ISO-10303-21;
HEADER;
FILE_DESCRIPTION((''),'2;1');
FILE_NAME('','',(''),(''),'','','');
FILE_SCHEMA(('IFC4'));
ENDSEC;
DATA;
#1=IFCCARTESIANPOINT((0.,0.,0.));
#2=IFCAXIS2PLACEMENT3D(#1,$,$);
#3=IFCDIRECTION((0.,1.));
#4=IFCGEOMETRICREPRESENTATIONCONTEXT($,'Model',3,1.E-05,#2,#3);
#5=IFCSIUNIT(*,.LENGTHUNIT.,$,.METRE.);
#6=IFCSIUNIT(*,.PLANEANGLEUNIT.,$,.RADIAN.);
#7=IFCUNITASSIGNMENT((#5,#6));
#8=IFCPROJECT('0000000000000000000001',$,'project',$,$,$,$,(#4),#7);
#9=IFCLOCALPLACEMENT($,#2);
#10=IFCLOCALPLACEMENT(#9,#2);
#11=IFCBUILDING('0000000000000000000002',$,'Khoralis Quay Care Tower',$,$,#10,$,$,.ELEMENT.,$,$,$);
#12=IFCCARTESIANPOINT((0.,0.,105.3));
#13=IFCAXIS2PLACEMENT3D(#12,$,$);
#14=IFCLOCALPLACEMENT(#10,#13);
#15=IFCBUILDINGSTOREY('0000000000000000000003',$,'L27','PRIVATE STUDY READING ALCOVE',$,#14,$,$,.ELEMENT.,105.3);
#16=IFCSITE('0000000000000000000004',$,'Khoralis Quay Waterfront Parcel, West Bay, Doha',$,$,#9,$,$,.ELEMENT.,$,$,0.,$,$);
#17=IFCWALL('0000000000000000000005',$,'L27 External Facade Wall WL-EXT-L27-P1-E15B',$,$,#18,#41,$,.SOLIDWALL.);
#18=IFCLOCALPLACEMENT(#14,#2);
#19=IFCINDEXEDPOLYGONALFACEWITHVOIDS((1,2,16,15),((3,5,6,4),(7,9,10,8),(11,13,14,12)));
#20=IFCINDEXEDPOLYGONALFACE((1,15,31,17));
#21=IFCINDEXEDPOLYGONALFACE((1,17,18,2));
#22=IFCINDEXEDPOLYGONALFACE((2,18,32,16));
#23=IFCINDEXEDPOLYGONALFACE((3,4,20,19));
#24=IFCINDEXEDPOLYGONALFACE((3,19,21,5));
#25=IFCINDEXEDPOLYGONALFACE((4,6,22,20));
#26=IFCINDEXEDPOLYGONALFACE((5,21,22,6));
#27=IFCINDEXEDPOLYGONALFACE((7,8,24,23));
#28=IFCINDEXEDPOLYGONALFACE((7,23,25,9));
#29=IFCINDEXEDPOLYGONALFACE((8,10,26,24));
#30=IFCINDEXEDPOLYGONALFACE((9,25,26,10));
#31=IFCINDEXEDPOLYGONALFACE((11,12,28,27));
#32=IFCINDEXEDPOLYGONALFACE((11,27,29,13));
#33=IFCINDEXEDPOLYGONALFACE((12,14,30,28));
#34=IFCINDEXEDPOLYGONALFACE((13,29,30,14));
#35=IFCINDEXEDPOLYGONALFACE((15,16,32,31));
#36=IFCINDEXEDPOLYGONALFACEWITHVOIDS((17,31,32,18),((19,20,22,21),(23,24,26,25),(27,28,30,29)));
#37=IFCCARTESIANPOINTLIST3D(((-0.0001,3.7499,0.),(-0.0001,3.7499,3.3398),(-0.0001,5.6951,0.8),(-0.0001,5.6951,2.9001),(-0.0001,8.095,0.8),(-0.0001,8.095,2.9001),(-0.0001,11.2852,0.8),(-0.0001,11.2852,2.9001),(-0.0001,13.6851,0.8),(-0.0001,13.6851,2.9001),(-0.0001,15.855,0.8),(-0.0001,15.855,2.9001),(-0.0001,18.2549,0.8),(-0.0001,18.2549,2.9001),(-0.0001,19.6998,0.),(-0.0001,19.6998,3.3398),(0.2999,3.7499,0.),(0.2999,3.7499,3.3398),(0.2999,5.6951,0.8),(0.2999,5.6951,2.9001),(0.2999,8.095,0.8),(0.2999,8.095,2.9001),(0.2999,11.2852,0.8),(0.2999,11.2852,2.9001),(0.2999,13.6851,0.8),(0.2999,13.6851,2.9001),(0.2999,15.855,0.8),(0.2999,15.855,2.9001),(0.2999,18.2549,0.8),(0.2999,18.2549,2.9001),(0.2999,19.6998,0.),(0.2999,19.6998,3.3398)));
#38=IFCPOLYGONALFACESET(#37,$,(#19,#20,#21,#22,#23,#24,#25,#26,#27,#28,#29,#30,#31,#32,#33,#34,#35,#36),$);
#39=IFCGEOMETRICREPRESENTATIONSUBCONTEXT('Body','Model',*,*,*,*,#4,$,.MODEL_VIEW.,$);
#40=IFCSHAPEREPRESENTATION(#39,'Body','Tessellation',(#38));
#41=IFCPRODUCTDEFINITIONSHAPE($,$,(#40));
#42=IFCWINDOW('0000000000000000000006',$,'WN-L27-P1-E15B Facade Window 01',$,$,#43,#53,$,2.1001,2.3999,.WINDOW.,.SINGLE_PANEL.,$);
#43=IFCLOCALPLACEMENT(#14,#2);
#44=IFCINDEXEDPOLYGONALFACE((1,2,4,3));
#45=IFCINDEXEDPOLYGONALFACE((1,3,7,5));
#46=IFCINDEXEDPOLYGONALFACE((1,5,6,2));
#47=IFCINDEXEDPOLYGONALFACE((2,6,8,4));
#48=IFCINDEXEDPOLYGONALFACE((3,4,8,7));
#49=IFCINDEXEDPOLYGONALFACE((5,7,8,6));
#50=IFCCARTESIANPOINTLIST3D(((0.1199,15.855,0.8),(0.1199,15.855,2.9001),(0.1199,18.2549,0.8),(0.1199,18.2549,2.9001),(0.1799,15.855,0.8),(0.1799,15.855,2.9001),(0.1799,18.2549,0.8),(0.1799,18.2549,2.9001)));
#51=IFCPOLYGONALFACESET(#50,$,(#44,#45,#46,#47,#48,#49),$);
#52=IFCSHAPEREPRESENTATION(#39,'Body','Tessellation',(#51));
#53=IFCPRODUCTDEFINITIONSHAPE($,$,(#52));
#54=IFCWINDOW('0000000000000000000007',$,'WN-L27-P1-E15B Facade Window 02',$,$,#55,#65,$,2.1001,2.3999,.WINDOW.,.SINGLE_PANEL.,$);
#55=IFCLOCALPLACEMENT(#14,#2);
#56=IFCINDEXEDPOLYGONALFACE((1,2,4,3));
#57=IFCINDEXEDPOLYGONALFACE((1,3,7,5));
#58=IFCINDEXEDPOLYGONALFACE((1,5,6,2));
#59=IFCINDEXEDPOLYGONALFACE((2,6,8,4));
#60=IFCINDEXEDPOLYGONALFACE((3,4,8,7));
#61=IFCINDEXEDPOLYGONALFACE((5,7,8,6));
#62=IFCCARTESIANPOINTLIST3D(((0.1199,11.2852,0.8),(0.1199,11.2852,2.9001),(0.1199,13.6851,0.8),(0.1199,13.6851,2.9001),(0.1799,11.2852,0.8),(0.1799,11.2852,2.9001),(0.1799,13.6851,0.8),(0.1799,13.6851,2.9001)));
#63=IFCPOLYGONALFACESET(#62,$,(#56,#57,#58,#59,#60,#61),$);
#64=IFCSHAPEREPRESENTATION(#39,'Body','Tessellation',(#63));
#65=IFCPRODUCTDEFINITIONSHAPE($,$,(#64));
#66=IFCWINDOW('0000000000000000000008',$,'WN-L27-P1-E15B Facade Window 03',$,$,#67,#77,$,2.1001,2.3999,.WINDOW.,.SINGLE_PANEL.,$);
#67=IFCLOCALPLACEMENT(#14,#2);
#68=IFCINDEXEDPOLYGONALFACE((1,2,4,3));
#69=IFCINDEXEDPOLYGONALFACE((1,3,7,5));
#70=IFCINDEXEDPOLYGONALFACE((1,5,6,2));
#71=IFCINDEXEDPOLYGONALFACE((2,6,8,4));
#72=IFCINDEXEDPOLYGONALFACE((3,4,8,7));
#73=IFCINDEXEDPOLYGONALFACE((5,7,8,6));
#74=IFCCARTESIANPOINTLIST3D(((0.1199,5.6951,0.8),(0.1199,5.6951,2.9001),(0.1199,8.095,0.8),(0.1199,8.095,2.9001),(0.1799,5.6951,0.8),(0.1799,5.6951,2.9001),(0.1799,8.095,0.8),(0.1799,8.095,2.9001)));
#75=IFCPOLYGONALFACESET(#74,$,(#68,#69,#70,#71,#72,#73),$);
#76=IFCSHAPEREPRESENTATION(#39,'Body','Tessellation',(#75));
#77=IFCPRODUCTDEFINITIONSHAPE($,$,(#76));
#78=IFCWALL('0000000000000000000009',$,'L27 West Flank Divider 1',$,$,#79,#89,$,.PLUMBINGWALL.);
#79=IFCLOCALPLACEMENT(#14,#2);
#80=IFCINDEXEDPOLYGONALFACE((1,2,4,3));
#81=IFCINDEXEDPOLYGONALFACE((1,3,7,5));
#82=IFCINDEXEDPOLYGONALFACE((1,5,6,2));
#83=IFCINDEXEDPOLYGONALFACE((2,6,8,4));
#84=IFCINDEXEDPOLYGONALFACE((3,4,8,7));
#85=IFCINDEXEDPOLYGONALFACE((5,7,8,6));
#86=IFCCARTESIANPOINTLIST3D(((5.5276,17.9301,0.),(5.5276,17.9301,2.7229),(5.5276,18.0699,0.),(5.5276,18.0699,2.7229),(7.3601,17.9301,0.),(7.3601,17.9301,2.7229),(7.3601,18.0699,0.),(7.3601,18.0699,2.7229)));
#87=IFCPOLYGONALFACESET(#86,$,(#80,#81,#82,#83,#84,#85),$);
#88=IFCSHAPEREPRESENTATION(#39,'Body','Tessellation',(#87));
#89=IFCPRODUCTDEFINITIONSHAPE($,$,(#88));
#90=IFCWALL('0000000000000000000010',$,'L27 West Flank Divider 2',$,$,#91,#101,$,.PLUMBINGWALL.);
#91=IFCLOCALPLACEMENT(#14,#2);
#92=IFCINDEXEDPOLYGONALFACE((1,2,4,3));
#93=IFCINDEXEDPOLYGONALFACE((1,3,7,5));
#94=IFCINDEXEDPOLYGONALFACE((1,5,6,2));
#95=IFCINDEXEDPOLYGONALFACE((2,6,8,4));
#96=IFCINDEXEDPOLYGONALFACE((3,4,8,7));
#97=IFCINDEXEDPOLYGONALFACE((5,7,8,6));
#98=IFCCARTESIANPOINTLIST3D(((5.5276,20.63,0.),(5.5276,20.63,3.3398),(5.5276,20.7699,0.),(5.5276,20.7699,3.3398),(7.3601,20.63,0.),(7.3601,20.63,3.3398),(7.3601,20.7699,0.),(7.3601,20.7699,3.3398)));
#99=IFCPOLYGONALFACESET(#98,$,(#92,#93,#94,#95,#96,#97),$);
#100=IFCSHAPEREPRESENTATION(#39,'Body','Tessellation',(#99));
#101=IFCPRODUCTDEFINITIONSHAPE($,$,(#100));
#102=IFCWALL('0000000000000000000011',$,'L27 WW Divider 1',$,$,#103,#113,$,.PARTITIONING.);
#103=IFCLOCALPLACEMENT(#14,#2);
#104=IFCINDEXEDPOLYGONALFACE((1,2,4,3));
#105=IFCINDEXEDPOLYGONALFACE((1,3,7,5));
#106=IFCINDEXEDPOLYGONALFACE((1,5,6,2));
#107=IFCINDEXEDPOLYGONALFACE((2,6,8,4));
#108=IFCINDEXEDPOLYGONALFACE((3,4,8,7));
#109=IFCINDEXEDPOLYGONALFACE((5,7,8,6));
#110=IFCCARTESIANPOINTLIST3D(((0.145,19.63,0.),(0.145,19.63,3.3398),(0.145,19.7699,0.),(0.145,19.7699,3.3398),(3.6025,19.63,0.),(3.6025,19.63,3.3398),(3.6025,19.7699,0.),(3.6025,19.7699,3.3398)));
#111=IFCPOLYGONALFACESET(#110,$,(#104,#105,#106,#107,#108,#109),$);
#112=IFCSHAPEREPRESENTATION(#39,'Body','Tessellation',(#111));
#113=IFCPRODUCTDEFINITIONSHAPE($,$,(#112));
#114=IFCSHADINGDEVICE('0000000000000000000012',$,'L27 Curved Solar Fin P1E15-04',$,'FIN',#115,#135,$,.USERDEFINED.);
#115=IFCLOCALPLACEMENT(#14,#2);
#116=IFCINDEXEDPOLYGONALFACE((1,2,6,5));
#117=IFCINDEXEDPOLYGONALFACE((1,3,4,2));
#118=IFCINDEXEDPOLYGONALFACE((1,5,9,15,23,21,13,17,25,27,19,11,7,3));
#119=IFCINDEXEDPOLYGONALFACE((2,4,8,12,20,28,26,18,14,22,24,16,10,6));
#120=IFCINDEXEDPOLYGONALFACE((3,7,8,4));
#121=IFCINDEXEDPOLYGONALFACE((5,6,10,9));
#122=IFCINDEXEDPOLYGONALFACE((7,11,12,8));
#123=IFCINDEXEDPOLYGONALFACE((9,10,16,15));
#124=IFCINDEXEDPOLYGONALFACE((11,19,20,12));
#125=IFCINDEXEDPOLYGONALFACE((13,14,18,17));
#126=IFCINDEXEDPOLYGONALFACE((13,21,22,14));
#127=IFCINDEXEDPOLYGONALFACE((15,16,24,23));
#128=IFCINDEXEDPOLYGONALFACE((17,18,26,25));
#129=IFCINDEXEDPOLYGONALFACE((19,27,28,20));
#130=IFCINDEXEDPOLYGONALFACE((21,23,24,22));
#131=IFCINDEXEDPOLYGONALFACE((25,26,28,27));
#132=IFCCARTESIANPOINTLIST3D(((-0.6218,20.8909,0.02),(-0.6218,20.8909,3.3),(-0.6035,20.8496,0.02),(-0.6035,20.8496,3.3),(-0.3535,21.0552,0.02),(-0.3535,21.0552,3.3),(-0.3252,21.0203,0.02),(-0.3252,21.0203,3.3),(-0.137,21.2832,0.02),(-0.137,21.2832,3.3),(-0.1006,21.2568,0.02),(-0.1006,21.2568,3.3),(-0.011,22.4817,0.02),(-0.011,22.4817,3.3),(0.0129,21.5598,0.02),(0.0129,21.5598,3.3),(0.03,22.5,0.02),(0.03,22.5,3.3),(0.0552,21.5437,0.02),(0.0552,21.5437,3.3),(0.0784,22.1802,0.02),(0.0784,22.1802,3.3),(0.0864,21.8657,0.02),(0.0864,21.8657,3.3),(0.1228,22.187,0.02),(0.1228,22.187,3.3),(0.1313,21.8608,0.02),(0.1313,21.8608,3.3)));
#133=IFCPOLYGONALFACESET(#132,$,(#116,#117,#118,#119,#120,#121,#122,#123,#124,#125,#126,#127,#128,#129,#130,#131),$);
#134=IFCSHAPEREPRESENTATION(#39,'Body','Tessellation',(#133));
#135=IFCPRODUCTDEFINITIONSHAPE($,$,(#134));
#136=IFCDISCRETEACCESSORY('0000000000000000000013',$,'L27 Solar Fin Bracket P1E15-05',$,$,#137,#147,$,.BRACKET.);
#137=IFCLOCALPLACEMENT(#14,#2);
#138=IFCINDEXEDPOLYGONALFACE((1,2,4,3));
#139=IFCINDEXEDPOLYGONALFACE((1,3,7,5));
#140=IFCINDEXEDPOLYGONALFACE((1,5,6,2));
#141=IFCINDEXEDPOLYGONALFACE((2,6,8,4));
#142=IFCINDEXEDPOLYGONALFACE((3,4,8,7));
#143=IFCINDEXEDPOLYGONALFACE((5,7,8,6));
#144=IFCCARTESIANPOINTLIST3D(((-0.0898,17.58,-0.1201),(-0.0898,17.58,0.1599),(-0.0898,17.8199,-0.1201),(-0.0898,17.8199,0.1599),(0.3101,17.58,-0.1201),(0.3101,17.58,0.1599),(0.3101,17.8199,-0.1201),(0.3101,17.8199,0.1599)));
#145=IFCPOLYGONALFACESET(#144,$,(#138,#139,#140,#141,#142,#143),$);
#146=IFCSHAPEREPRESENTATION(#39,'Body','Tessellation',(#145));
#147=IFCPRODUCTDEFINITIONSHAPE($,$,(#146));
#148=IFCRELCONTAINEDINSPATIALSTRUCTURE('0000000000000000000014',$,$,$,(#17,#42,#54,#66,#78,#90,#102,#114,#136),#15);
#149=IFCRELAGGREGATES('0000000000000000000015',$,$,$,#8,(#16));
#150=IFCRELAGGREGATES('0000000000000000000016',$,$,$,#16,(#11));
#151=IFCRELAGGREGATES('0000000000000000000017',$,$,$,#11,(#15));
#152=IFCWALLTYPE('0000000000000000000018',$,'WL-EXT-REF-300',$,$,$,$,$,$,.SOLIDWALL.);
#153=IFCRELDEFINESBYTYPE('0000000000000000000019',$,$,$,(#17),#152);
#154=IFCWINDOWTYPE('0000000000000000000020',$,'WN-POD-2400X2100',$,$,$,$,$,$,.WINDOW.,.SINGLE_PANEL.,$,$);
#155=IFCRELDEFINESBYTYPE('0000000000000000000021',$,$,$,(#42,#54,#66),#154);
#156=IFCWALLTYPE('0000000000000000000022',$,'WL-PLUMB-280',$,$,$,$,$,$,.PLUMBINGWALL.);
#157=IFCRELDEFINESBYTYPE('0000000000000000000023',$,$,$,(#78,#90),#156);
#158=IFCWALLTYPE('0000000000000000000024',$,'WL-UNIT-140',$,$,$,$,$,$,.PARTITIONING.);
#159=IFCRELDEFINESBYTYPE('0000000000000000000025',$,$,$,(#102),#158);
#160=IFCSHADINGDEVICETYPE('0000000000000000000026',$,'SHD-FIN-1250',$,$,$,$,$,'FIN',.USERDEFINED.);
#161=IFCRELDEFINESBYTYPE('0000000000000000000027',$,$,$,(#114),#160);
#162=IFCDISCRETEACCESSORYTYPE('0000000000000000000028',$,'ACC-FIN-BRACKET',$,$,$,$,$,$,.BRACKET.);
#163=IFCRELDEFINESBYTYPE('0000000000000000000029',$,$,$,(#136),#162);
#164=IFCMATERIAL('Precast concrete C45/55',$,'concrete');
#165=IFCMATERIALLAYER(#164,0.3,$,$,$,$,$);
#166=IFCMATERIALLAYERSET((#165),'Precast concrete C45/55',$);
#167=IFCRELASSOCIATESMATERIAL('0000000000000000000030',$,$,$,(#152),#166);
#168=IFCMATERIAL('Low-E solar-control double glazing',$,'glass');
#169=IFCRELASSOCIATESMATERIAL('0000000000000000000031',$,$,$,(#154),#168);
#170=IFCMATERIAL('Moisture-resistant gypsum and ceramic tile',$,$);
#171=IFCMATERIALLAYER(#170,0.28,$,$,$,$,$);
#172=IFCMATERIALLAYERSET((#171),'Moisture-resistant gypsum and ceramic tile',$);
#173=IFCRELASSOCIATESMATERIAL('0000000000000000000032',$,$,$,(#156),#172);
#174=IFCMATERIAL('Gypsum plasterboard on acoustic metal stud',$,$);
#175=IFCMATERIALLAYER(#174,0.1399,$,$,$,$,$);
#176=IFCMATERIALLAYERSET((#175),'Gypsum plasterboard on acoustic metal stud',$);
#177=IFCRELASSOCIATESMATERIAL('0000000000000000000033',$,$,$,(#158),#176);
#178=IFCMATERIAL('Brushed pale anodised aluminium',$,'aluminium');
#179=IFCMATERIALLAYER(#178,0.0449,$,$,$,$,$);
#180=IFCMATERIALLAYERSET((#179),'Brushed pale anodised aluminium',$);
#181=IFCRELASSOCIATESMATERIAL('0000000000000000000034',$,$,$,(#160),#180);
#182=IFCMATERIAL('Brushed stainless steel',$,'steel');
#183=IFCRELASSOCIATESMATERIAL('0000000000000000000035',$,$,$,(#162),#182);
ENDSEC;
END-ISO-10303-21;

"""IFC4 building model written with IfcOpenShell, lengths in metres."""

from ifc_helpers import new_model, si_unit, direction, frame, frame_2d, origin, origin_2d, place, context, subcontext, project, spatial, polyline, rectangle, outline, extrude, source, transform, mapped, material, layer, layer_set, type_object, element, fill, save


model = new_model("IFC4")

# Units and contexts
model_context = context("Model", 3, precision=1e-05, world=origin(), true_north=direction((0.0, 1.0)))
body_context = subcontext(model_context, "Body", "Model", "MODEL_VIEW")
ifc_project = project(units=[si_unit("LENGTHUNIT", "METRE"), si_unit("PLANEANGLEUNIT", "RADIAN")], contexts=[model_context])

# Site, building, storey
site_placement = place(None, origin())
site = spatial("IfcSite", under=ifc_project, at=site_placement, Name="Khoralis Quay Waterfront Parcel, West Bay, Doha", CompositionType="ELEMENT", RefElevation=0.0)
building_placement = place(site_placement, origin())
building = spatial("IfcBuilding", under=site, at=building_placement, Name="Khoralis Quay Care Tower", CompositionType="ELEMENT")
storey_placement = place(building_placement, frame((0.0, 0.0, 105.3)))
storey = spatial("IfcBuildingStorey", under=building, at=storey_placement, Name="L27", Description="PRIVATE STUDY READING ALCOVE", CompositionType="ELEMENT", Elevation=105.3)

# Shared definitions
ifc_material_1 = material(Name="Low-E solar-control double glazing", Category="glass")

# Wall, openings, windows
ifc_material_2 = material(Name="Precast concrete C45/55", Category="concrete")
ifc_layer_1 = layer(ifc_material_2, 0.3)
ifc_layer_set_1 = layer_set([ifc_layer_1], Name="Precast concrete C45/55")
wall_type_1 = type_object("IfcWallType", Name="WL-EXT-REF-300", PredefinedType="SOLIDWALL", material=ifc_layer_set_1)
wall_1_placement = place(storey_placement, frame((0.1499, 19.7, 0.0), z_axis=(0.0, 0.0, 1.0), x_axis=(0.0, -1.0, 0.0)))
wall_1 = element("IfcWall", 1, at=wall_1_placement, inside=storey, type_object=wall_type_1, Name="L27 External Facade Wall WL-EXT-L27-P1-E15B", PredefinedType="SOLIDWALL", context=body_context, shape_type="SweptSolid", body=[
    extrude(rectangle(XDim=15.95, YDim=0.3, at=frame_2d((7.9751, 0.0))), origin(), (0.0, 0.0, 1.0), 3.3398),
])
opening_1_placement = place(wall_1_placement, frame((1.4451, 0.0, 0.8)))
opening_1 = element("IfcOpeningElement", 2, at=opening_1_placement, cuts=wall_1, PredefinedType="OPENING", context=body_context, shape_type="SweptSolid", body=[
    extrude(rectangle(XDim=2.3999, YDim=2.1001, at=frame_2d((1.2, 1.05))), frame((0.0, 0.1602, 0.0), z_axis=(0.0, -1.0, 0.0), x_axis=(1.0, 0.0, 0.0)), (0.0, 0.0, 1.0), 0.3201),
])
opening_2_placement = place(wall_1_placement, frame((6.0149, 0.0, 0.8)))
opening_2 = element("IfcOpeningElement", 3, at=opening_2_placement, cuts=wall_1, PredefinedType="OPENING", context=body_context, shape_type="SweptSolid", body=[
    extrude(rectangle(XDim=2.3999, YDim=2.1001, at=frame_2d((1.2, 1.05))), frame((0.0, 0.1602, 0.0), z_axis=(0.0, -1.0, 0.0), x_axis=(1.0, 0.0, 0.0)), (0.0, 0.0, 1.0), 0.3201),
])
opening_3_placement = place(wall_1_placement, frame((11.605, 0.0, 0.8)))
opening_3 = element("IfcOpeningElement", 4, at=opening_3_placement, cuts=wall_1, PredefinedType="OPENING", context=body_context, shape_type="SweptSolid", body=[
    extrude(rectangle(XDim=2.3999, YDim=2.1001, at=frame_2d((1.2, 1.05))), frame((0.0, 0.1602, 0.0), z_axis=(0.0, -1.0, 0.0), x_axis=(1.0, 0.0, 0.0)), (0.0, 0.0, 1.0), 0.3201),
])
window_type = type_object("IfcWindowType", Name="WN-POD-2400X2100", PartitioningType="SINGLE_PANEL", PredefinedType="WINDOW", material=ifc_material_1)
shared_shape_1 = source(origin(), body_context, "Body", "SweptSolid", [
    extrude(rectangle(XDim=2.3999, YDim=2.1001, at=frame_2d((1.2, 1.05))), frame((0.0, 0.03, 0.0), z_axis=(0.0, -1.0, 0.0), x_axis=(1.0, 0.0, 0.0)), (0.0, 0.0, 1.0), 0.0601),
])
window_1_placement = place(opening_1_placement, origin())
window_1 = element("IfcWindow", 5, at=window_1_placement, inside=storey, type_object=window_type, Name="WN-L27-P1-E15B Facade Window 01", OverallHeight=2.1001, OverallWidth=2.3999, PartitioningType="SINGLE_PANEL", PredefinedType="WINDOW", context=body_context, shape_type="MappedRepresentation", body=[
    mapped(shared_shape_1, transform((0.0, 0.0, 0.0), scale=1.0)),
])
fill(opening_1, window_1)
window_2_placement = place(opening_2_placement, origin())
window_2 = element("IfcWindow", 6, at=window_2_placement, inside=storey, type_object=window_type, Name="WN-L27-P1-E15B Facade Window 02", OverallHeight=2.1001, OverallWidth=2.3999, PartitioningType="SINGLE_PANEL", PredefinedType="WINDOW", context=body_context, shape_type="MappedRepresentation", body=[
    mapped(shared_shape_1, transform((0.0, 0.0, 0.0), scale=1.0)),
])
fill(opening_2, window_2)
window_3_placement = place(opening_3_placement, origin())
window_3 = element("IfcWindow", 7, at=window_3_placement, inside=storey, type_object=window_type, Name="WN-L27-P1-E15B Facade Window 03", OverallHeight=2.1001, OverallWidth=2.3999, PartitioningType="SINGLE_PANEL", PredefinedType="WINDOW", context=body_context, shape_type="MappedRepresentation", body=[
    mapped(shared_shape_1, transform((0.0, 0.0, 0.0), scale=1.0)),
])
fill(opening_3, window_3)

# Walls
ifc_material_3 = material(Name="Moisture-resistant gypsum and ceramic tile")
ifc_layer_2 = layer(ifc_material_3, 0.28)
ifc_layer_set_2 = layer_set([ifc_layer_2], Name="Moisture-resistant gypsum and ceramic tile")
wall_type_2 = type_object("IfcWallType", Name="WL-PLUMB-280", PredefinedType="PLUMBINGWALL", material=ifc_layer_set_2)
wall_2_placement = place(storey_placement, frame((5.5276, 18.0, 0.0), z_axis=(0.0, 0.0, 1.0), x_axis=(1.0, 0.0, 0.0)))
element("IfcWall", 8, at=wall_2_placement, inside=storey, type_object=wall_type_2, Name="L27 West Flank Divider 1", PredefinedType="PLUMBINGWALL", context=body_context, shape_type="SweptSolid", body=[
    extrude(rectangle(XDim=1.8325, YDim=0.1399, at=frame_2d((0.9163, 0.0))), origin(), (0.0, 0.0, 1.0), 2.7229),
])
wall_3_placement = place(storey_placement, frame((5.5276, 20.7, 0.0), z_axis=(0.0, 0.0, 1.0), x_axis=(1.0, 0.0, 0.0)))
element("IfcWall", 9, at=wall_3_placement, inside=storey, type_object=wall_type_2, Name="L27 West Flank Divider 2", PredefinedType="PLUMBINGWALL", context=body_context, shape_type="SweptSolid", body=[
    extrude(rectangle(XDim=1.8325, YDim=0.1399, at=frame_2d((0.9163, 0.0))), origin(), (0.0, 0.0, 1.0), 3.3398),
])
ifc_material_4 = material(Name="Gypsum plasterboard on acoustic metal stud")
ifc_layer_3 = layer(ifc_material_4, 0.1399)
ifc_layer_set_3 = layer_set([ifc_layer_3], Name="Gypsum plasterboard on acoustic metal stud")
wall_type_3 = type_object("IfcWallType", Name="WL-UNIT-140", PredefinedType="PARTITIONING", material=ifc_layer_set_3)
wall_4_placement = place(storey_placement, frame((0.145, 19.7, 0.0), z_axis=(0.0, 0.0, 1.0), x_axis=(1.0, 0.0, 0.0)))
element("IfcWall", 10, at=wall_4_placement, inside=storey, type_object=wall_type_3, Name="L27 WW Divider 1", PredefinedType="PARTITIONING", context=body_context, shape_type="SweptSolid", body=[
    extrude(rectangle(XDim=3.4575, YDim=0.1399, at=frame_2d((1.7288, 0.0))), origin(), (0.0, 0.0, 1.0), 3.3398),
])

# Shading device
ifc_material_5 = material(Name="Brushed pale anodised aluminium", Category="aluminium")
ifc_layer_4 = layer(ifc_material_5, 0.0449)
ifc_layer_set_4 = layer_set([ifc_layer_4], Name="Brushed pale anodised aluminium")
shading_device_type = type_object("IfcShadingDeviceType", Name="SHD-FIN-1250", ElementType="FIN", PredefinedType="USERDEFINED", material=ifc_layer_set_4)
shared_shape_2 = source(origin(), body_context, "Body", "SweptSolid", [
    extrude(outline(polyline([(0.0, 0.0), (-0.0928, 0.313), (-0.1013, 0.6392), (-0.0251, 0.9563), (0.1306, 1.2432), (0.3552, 1.4797), (0.6335, 1.6504), (0.6519, 1.6091), (0.3835, 1.4448), (0.167, 1.2168), (0.0171, 0.9402), (-0.0564, 0.6343), (-0.0483, 0.3198), (0.041, 0.0183), (0.0, 0.0)])), origin(), (0.0, 0.0, 1.0), 3.28),
])
shading_device_placement = place(storey_placement, frame((0.03, 22.5, 0.02), z_axis=(0.0, 0.0, 1.0), x_axis=(-1.0, 0.0, 0.0)))
element("IfcShadingDevice", 11, at=shading_device_placement, inside=storey, type_object=shading_device_type, Name="L27 Curved Solar Fin P1E15-04", ObjectType="FIN", PredefinedType="USERDEFINED", context=body_context, shape_type="MappedRepresentation", body=[
    mapped(shared_shape_2, transform((0.0, 0.0, 0.0), scale=1.0)),
])

# Discrete accessory
ifc_material_6 = material(Name="Brushed stainless steel", Category="steel")
discrete_accessory_type = type_object("IfcDiscreteAccessoryType", Name="ACC-FIN-BRACKET", PredefinedType="BRACKET", material=ifc_material_6)
shared_shape_3 = source(origin(), body_context, "Body", "SweptSolid", [
    extrude(rectangle(XDim=0.3999, YDim=0.24, at=origin_2d()), origin(), (0.0, 0.0, 1.0), 0.28),
])
discrete_accessory_placement = place(storey_placement, frame((0.1101, 17.7, -0.1201), z_axis=(0.0, 0.0, 1.0), x_axis=(-1.0, 0.0, 0.0)))
element("IfcDiscreteAccessory", 12, at=discrete_accessory_placement, inside=storey, type_object=discrete_accessory_type, Name="L27 Solar Fin Bracket P1E15-05", PredefinedType="BRACKET", context=body_context, shape_type="MappedRepresentation", body=[
    mapped(shared_shape_3, transform((0.0, 0.0, 0.0), scale=1.0)),
])

save(model, "model.ifc")
